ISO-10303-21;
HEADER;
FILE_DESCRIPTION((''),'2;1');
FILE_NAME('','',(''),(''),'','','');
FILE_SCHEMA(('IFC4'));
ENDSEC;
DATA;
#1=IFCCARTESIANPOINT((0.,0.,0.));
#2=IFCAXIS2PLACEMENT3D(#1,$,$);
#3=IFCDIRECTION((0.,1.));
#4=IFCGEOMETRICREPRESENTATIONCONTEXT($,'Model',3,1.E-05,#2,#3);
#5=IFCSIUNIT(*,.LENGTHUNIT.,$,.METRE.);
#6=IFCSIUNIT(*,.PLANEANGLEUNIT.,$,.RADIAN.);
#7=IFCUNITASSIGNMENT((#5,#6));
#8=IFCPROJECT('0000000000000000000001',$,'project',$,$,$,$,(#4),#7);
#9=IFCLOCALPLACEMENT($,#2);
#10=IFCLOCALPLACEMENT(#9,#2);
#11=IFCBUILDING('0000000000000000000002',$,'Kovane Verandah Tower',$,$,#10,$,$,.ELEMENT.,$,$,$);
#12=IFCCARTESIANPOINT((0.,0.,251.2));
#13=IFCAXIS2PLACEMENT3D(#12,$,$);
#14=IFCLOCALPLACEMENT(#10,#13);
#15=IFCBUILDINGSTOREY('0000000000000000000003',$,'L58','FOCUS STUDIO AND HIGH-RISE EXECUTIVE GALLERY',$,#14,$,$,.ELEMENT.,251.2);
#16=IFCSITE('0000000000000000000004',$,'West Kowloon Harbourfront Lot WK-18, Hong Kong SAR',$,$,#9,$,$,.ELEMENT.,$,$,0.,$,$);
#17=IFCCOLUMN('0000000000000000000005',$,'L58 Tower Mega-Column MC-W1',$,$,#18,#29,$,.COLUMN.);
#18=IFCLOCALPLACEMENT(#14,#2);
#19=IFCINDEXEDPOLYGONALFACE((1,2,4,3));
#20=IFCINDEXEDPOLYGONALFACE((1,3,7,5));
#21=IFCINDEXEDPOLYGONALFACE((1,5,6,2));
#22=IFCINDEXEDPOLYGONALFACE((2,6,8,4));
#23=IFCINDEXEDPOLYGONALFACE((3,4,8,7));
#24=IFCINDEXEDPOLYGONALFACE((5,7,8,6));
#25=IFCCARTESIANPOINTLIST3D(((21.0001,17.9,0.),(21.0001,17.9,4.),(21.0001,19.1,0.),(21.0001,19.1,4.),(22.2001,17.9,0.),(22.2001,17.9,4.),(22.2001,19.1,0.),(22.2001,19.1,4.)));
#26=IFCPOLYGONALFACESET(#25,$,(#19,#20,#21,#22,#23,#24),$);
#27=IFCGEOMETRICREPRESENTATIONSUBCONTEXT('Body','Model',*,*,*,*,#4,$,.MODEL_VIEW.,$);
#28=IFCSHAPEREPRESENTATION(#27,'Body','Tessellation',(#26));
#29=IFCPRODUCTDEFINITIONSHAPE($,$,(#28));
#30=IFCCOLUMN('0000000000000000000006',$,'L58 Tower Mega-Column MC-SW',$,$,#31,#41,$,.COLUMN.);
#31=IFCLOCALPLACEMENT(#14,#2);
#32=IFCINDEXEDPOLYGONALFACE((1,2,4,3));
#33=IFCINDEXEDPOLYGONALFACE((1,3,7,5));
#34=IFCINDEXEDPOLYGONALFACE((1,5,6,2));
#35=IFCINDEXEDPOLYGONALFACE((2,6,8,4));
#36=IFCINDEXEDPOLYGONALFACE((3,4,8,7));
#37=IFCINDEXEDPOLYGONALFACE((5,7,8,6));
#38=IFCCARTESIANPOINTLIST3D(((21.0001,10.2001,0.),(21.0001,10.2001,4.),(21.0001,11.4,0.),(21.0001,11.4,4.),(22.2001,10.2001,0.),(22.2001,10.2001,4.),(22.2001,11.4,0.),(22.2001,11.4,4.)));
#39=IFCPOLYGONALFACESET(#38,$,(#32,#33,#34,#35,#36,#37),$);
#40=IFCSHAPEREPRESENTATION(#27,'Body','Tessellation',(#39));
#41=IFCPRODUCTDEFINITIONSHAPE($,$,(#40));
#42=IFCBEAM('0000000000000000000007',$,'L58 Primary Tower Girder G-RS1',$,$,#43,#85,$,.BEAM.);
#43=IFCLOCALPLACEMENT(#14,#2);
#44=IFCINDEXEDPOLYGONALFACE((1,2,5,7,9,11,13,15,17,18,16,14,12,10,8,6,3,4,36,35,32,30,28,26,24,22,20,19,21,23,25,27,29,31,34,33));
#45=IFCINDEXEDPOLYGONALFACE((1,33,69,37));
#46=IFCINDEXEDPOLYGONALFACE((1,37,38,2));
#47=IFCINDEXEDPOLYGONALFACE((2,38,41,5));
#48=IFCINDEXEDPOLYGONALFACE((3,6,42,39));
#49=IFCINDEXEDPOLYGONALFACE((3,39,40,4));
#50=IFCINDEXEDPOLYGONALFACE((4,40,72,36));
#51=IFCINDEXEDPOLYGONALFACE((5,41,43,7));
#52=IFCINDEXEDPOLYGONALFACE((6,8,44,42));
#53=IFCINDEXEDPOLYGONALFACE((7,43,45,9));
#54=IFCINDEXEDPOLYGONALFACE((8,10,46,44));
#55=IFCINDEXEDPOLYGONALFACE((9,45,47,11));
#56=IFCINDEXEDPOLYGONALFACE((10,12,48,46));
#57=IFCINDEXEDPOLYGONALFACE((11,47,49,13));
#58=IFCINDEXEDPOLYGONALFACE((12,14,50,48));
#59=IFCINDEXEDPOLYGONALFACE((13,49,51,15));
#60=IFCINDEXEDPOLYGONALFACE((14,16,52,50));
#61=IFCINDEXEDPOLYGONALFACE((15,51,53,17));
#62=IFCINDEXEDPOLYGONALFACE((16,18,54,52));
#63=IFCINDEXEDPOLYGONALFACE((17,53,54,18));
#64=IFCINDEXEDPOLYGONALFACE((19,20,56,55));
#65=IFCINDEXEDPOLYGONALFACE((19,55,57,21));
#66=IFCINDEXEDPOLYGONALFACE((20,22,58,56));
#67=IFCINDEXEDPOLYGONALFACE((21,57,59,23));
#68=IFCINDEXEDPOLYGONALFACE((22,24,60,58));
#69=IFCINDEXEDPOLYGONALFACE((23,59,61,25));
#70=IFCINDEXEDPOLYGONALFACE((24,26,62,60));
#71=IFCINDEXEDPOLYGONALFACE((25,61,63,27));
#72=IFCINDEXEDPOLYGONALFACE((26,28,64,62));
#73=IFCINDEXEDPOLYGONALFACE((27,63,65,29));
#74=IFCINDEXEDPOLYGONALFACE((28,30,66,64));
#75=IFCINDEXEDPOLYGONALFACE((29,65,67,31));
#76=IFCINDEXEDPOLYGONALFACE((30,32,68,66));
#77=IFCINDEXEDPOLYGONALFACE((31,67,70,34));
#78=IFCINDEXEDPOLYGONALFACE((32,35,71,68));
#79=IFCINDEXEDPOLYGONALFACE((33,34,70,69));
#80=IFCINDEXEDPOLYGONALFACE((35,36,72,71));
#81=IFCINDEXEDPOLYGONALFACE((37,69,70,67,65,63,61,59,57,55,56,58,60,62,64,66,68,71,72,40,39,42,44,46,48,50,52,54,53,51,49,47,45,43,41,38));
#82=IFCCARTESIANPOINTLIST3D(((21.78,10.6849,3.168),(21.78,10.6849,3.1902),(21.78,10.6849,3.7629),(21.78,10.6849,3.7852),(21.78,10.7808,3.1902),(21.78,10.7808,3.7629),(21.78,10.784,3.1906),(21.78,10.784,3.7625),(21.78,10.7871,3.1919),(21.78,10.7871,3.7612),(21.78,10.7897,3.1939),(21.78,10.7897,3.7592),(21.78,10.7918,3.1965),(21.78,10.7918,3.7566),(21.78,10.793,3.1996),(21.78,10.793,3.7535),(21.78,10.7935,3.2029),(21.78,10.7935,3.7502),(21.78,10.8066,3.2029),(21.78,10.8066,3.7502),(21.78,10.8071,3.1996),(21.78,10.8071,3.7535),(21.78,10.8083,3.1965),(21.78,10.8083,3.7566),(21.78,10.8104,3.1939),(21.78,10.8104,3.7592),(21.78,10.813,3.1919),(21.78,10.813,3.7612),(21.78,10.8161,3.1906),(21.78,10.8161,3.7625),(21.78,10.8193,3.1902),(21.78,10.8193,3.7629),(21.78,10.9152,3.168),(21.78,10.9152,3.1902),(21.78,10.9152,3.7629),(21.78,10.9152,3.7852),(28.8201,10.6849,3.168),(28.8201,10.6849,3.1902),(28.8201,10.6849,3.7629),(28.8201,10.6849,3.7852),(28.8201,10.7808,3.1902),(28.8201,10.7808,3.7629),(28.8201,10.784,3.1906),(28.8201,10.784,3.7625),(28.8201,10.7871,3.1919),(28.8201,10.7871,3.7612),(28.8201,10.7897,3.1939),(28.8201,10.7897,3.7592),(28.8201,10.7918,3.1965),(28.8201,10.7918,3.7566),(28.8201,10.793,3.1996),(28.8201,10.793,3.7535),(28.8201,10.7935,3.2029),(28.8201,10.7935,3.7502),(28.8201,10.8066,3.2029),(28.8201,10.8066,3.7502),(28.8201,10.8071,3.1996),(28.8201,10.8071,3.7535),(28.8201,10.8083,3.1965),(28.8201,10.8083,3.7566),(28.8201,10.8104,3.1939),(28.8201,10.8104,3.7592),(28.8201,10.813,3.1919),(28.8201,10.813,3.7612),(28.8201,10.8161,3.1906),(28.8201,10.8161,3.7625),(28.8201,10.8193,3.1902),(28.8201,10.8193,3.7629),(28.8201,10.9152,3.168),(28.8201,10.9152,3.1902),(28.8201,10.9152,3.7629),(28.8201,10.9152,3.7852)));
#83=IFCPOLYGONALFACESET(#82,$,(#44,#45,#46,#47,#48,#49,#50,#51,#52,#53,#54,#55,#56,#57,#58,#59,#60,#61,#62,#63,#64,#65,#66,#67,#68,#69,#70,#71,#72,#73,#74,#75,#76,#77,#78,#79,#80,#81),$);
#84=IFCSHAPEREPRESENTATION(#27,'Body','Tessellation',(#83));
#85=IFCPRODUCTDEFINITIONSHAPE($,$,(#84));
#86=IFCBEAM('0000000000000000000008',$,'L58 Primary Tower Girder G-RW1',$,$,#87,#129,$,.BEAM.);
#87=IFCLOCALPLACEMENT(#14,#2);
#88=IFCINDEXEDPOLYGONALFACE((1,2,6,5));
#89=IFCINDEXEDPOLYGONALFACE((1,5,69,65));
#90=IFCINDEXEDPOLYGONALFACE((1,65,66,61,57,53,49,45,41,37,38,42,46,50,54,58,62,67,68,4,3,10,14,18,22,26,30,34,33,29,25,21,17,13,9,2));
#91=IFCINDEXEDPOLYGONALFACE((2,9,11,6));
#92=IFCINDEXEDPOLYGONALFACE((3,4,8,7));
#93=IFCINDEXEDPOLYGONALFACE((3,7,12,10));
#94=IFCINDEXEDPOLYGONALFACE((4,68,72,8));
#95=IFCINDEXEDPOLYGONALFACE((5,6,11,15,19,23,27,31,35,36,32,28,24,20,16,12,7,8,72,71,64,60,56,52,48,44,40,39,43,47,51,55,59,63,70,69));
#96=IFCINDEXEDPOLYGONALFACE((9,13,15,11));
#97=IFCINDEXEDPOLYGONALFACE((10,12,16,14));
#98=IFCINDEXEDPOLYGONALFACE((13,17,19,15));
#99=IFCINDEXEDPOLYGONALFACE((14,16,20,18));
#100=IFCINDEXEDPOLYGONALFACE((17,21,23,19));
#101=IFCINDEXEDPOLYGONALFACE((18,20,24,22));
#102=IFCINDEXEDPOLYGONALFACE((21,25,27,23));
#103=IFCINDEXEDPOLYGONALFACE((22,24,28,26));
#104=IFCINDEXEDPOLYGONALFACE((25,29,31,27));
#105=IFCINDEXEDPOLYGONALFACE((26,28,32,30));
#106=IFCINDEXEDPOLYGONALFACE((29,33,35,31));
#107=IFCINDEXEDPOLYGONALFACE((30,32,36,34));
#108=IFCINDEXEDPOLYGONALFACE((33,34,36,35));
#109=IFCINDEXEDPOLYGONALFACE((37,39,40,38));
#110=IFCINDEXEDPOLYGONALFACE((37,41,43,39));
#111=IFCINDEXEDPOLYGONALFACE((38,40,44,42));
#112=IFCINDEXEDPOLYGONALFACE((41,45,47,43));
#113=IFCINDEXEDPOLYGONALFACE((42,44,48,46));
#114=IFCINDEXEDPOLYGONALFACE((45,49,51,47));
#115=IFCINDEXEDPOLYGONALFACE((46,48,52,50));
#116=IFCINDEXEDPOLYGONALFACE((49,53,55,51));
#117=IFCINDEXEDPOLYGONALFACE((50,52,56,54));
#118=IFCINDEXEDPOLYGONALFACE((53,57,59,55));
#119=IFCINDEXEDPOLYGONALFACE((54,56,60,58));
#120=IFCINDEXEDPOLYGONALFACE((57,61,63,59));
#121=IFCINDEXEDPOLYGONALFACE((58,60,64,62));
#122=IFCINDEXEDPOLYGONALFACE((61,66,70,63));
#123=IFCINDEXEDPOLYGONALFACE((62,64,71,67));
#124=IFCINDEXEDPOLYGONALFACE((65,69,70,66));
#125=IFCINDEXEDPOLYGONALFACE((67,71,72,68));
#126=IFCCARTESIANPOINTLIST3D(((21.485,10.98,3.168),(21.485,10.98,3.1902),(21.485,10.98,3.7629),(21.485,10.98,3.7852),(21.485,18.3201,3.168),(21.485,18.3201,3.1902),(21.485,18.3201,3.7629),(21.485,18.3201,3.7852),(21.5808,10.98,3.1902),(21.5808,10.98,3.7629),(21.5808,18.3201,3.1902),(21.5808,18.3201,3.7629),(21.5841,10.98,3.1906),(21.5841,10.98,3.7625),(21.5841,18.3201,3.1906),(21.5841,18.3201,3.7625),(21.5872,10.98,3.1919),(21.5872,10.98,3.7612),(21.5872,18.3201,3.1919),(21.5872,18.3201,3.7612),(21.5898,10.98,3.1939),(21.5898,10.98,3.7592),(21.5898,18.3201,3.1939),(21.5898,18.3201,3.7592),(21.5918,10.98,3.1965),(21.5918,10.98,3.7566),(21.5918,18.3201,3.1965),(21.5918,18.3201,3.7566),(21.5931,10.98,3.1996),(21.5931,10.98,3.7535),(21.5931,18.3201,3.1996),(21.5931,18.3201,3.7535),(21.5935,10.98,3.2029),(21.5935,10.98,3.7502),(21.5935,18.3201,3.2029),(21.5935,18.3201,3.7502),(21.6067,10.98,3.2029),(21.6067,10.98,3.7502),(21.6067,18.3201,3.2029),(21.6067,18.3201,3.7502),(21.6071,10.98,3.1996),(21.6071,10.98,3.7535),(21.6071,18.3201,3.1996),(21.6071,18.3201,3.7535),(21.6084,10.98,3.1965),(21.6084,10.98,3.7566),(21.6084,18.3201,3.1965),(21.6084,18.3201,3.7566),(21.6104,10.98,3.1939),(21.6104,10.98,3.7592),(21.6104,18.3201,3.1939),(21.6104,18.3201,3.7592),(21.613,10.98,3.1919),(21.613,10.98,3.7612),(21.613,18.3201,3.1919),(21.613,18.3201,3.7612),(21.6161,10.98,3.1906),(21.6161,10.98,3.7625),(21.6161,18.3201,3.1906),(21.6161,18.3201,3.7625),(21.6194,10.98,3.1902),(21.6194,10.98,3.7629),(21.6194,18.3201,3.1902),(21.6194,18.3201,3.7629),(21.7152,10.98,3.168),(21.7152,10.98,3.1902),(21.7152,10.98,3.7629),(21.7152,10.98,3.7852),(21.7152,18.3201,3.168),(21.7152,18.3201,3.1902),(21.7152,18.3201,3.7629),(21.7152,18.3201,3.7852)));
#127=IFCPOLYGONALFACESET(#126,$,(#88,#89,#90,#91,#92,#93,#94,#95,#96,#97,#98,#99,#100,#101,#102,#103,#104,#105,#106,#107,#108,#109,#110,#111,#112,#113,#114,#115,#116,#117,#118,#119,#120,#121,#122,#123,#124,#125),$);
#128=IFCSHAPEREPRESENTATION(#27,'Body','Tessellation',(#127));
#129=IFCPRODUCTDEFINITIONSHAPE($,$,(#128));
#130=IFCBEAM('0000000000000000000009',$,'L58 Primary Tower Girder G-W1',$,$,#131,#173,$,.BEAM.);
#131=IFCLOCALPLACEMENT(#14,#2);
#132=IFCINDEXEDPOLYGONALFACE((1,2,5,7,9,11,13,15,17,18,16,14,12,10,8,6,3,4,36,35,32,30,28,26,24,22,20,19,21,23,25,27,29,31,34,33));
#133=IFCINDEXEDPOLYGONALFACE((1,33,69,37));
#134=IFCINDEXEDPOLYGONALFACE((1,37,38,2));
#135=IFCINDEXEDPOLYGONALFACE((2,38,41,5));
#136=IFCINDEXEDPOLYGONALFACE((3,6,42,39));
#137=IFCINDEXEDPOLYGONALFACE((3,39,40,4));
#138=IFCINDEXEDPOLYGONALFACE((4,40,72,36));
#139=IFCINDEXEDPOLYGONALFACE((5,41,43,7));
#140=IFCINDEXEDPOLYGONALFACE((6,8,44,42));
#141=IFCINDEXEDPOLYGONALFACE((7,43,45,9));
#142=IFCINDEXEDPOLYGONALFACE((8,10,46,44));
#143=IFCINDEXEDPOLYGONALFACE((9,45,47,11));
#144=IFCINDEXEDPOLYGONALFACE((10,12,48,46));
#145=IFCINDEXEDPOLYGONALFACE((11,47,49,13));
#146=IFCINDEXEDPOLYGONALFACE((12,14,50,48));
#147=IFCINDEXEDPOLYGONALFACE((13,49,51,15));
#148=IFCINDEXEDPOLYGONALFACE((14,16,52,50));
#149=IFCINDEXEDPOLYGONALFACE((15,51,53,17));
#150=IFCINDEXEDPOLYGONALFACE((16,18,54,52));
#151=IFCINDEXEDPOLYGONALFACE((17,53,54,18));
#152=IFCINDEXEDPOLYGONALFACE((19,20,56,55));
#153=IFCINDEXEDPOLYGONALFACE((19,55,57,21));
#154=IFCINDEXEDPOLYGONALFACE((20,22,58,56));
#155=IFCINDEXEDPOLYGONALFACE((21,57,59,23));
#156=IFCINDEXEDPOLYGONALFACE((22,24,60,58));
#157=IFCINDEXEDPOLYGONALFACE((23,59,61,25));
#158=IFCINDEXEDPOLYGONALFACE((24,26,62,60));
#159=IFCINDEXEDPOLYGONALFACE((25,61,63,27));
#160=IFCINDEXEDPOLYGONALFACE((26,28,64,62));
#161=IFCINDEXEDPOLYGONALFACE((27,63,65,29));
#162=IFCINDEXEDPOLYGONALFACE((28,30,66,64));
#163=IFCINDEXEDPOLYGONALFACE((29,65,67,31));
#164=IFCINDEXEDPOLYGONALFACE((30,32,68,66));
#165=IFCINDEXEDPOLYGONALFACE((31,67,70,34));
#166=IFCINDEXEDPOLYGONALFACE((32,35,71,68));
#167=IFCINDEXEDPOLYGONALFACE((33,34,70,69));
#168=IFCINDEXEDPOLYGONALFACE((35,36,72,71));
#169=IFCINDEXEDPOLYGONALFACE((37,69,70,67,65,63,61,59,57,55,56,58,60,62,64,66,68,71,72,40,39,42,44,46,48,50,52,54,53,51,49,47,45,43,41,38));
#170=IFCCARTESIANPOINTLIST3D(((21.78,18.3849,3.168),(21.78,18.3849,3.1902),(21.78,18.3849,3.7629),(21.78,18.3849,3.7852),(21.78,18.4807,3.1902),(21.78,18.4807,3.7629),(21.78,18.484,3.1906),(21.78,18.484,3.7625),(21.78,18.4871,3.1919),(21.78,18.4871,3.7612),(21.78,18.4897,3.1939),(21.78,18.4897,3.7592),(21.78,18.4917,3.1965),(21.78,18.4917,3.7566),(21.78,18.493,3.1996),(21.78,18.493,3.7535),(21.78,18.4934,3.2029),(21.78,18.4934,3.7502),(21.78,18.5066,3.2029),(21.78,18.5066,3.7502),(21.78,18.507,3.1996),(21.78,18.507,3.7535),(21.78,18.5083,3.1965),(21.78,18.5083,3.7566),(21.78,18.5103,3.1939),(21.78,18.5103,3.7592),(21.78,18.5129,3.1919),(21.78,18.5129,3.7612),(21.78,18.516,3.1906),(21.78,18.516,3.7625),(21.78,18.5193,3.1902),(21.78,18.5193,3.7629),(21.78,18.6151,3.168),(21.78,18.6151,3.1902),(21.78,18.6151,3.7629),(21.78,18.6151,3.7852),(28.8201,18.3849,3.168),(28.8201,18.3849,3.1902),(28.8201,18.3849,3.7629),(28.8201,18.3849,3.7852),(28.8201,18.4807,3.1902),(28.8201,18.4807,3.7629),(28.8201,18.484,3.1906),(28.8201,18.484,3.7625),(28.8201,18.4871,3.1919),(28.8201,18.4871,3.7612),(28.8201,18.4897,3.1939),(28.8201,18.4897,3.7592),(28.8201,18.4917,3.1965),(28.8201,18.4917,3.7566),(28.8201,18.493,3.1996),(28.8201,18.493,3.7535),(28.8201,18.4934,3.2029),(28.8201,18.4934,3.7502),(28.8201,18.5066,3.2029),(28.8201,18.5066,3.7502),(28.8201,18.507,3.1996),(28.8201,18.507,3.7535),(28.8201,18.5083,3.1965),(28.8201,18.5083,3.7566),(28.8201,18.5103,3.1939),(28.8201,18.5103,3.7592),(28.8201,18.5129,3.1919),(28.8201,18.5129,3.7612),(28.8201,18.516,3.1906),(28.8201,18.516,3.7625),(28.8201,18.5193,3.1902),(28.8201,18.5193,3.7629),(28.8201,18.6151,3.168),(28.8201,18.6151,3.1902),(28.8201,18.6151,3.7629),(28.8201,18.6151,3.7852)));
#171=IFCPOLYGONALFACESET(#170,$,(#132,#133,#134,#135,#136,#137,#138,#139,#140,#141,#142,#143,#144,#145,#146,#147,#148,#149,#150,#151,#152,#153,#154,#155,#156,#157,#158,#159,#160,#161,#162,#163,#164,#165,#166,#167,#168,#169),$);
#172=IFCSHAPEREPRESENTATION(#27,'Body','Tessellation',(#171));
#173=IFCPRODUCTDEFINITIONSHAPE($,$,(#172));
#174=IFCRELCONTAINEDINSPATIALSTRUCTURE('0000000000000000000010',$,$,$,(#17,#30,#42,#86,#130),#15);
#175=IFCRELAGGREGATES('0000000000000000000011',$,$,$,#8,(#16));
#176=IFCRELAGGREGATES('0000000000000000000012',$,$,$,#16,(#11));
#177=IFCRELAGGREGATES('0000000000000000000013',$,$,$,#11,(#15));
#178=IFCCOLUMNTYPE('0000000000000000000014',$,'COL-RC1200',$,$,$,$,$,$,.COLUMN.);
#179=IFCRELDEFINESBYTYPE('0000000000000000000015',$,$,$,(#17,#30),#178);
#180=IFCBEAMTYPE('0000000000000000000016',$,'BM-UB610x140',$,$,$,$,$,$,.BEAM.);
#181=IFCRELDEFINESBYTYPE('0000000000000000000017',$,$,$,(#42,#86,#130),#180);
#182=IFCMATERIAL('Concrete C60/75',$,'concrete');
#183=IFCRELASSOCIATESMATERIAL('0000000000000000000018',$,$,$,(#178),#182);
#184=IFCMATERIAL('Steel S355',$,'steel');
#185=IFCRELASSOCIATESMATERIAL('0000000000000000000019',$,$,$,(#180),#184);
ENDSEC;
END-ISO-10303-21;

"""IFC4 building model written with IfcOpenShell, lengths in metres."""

from ifc_helpers import new_model, si_unit, direction, frame, origin, origin_2d, place, context, subcontext, project, spatial, rectangle, i_section, extrude, material, material_profile, profile_set, type_object, element, save


model = new_model("IFC4")

# Units and contexts
model_context = context("Model", 3, precision=1e-05, world=origin(), true_north=direction((0.0, 1.0)))
body_context = subcontext(model_context, "Body", "Model", "MODEL_VIEW")
ifc_project = project(units=[si_unit("LENGTHUNIT", "METRE"), si_unit("PLANEANGLEUNIT", "RADIAN")], contexts=[model_context])

# Site, building, storey
site_placement = place(None, origin())
site = spatial("IfcSite", under=ifc_project, at=site_placement, Name="West Kowloon Harbourfront Lot WK-18, Hong Kong SAR", CompositionType="ELEMENT", RefElevation=0.0)
building_placement = place(site_placement, origin())
building = spatial("IfcBuilding", under=site, at=building_placement, Name="Kovane Verandah Tower", CompositionType="ELEMENT")
storey_placement = place(building_placement, frame((0.0, 0.0, 251.2)))
storey = spatial("IfcBuildingStorey", under=building, at=storey_placement, Name="L58", Description="FOCUS STUDIO AND HIGH-RISE EXECUTIVE GALLERY", CompositionType="ELEMENT", Elevation=251.2)

# Columns
ifc_material_1 = material(Name="Concrete C60/75", Category="concrete")
ifc_material_profile_1 = material_profile(ifc_material_1, rectangle(XDim=1.2, YDim=1.2, at=origin_2d()), Name="RC1200x1200")
ifc_profile_set_1 = profile_set([ifc_material_profile_1], Name="Concrete C60/75")
column_type = type_object("IfcColumnType", Name="COL-RC1200", PredefinedType="COLUMN", material=ifc_profile_set_1)
for number, where, z_axis, x_axis, name in (
    (1, (21.6001, 18.5, 0.0), (0.0, 0.0, 1.0), (1.0, 0.0, 0.0), "L58 Tower Mega-Column MC-W1"),
    (2, (21.6001, 10.8, 0.0), (0.0, 0.0, 1.0), (1.0, 0.0, 0.0), "L58 Tower Mega-Column MC-SW"),
):
    element("IfcColumn", number, at=place(storey_placement, frame(where, z_axis=z_axis, x_axis=x_axis)), inside=storey, type_object=column_type, Name=name, PredefinedType="COLUMN", context=body_context, shape_type="SweptSolid", body=[
        extrude(rectangle(XDim=1.2, YDim=1.2, at=origin_2d()), origin(), (0.0, 0.0, 1.0), 4.0),
    ])

# Beams
ifc_material_2 = material(Name="Steel S355", Category="steel")
ifc_material_profile_2 = material_profile(ifc_material_2, i_section(OverallWidth=0.2302, OverallDepth=0.6172, WebThickness=0.0132, FlangeThickness=0.0222, FilletRadius=0.0127, at=origin_2d()), Name="UB610x229x140")
ifc_profile_set_2 = profile_set([ifc_material_profile_2], Name="Steel S355")
beam_type_1 = type_object("IfcBeamType", Name="BM-UB610x140", PredefinedType="BEAM", material=ifc_profile_set_2)
beam_1_placement = place(storey_placement, frame((21.78, 10.8, 3.4766), z_axis=(1.0, 0.0, 0.0), x_axis=(0.0, 1.0, 0.0)))
element("IfcBeam", 3, at=beam_1_placement, inside=storey, type_object=beam_type_1, Name="L58 Primary Tower Girder G-RS1", PredefinedType="BEAM", context=body_context, shape_type="SweptSolid", body=[
    extrude(i_section(OverallWidth=0.2302, OverallDepth=0.6172, WebThickness=0.0132, FlangeThickness=0.0222, FilletRadius=0.0127, at=origin_2d()), origin(), (0.0, 0.0, 1.0), 7.04),
])
beam_2_placement = place(storey_placement, frame((21.6001, 10.98, 3.4766), z_axis=(0.0, 1.0, 0.0), x_axis=(-1.0, 0.0, 0.0)))
element("IfcBeam", 4, at=beam_2_placement, inside=storey, type_object=beam_type_1, Name="L58 Primary Tower Girder G-RW1", PredefinedType="BEAM", context=body_context, shape_type="SweptSolid", body=[
    extrude(i_section(OverallWidth=0.2302, OverallDepth=0.6172, WebThickness=0.0132, FlangeThickness=0.0222, FilletRadius=0.0127, at=origin_2d()), origin(), (0.0, 0.0, 1.0), 7.3401),
])
for number, where, z_axis, x_axis, name in (
    (5, (28.8201, 18.5, 3.4766), (-1.0, 0.0, 0.0), (0.0, -1.0, 0.0), "L58 Primary Tower Girder G-W1"),
):
    element("IfcBeam", number, at=place(storey_placement, frame(where, z_axis=z_axis, x_axis=x_axis)), inside=storey, type_object=beam_type_1, Name=name, PredefinedType="BEAM", context=body_context, shape_type="SweptSolid", body=[
        extrude(i_section(OverallWidth=0.2302, OverallDepth=0.6172, WebThickness=0.0132, FlangeThickness=0.0222, FilletRadius=0.0127, at=origin_2d()), origin(), (0.0, 0.0, 1.0), 7.04),
    ])

save(model, "model.ifc")
